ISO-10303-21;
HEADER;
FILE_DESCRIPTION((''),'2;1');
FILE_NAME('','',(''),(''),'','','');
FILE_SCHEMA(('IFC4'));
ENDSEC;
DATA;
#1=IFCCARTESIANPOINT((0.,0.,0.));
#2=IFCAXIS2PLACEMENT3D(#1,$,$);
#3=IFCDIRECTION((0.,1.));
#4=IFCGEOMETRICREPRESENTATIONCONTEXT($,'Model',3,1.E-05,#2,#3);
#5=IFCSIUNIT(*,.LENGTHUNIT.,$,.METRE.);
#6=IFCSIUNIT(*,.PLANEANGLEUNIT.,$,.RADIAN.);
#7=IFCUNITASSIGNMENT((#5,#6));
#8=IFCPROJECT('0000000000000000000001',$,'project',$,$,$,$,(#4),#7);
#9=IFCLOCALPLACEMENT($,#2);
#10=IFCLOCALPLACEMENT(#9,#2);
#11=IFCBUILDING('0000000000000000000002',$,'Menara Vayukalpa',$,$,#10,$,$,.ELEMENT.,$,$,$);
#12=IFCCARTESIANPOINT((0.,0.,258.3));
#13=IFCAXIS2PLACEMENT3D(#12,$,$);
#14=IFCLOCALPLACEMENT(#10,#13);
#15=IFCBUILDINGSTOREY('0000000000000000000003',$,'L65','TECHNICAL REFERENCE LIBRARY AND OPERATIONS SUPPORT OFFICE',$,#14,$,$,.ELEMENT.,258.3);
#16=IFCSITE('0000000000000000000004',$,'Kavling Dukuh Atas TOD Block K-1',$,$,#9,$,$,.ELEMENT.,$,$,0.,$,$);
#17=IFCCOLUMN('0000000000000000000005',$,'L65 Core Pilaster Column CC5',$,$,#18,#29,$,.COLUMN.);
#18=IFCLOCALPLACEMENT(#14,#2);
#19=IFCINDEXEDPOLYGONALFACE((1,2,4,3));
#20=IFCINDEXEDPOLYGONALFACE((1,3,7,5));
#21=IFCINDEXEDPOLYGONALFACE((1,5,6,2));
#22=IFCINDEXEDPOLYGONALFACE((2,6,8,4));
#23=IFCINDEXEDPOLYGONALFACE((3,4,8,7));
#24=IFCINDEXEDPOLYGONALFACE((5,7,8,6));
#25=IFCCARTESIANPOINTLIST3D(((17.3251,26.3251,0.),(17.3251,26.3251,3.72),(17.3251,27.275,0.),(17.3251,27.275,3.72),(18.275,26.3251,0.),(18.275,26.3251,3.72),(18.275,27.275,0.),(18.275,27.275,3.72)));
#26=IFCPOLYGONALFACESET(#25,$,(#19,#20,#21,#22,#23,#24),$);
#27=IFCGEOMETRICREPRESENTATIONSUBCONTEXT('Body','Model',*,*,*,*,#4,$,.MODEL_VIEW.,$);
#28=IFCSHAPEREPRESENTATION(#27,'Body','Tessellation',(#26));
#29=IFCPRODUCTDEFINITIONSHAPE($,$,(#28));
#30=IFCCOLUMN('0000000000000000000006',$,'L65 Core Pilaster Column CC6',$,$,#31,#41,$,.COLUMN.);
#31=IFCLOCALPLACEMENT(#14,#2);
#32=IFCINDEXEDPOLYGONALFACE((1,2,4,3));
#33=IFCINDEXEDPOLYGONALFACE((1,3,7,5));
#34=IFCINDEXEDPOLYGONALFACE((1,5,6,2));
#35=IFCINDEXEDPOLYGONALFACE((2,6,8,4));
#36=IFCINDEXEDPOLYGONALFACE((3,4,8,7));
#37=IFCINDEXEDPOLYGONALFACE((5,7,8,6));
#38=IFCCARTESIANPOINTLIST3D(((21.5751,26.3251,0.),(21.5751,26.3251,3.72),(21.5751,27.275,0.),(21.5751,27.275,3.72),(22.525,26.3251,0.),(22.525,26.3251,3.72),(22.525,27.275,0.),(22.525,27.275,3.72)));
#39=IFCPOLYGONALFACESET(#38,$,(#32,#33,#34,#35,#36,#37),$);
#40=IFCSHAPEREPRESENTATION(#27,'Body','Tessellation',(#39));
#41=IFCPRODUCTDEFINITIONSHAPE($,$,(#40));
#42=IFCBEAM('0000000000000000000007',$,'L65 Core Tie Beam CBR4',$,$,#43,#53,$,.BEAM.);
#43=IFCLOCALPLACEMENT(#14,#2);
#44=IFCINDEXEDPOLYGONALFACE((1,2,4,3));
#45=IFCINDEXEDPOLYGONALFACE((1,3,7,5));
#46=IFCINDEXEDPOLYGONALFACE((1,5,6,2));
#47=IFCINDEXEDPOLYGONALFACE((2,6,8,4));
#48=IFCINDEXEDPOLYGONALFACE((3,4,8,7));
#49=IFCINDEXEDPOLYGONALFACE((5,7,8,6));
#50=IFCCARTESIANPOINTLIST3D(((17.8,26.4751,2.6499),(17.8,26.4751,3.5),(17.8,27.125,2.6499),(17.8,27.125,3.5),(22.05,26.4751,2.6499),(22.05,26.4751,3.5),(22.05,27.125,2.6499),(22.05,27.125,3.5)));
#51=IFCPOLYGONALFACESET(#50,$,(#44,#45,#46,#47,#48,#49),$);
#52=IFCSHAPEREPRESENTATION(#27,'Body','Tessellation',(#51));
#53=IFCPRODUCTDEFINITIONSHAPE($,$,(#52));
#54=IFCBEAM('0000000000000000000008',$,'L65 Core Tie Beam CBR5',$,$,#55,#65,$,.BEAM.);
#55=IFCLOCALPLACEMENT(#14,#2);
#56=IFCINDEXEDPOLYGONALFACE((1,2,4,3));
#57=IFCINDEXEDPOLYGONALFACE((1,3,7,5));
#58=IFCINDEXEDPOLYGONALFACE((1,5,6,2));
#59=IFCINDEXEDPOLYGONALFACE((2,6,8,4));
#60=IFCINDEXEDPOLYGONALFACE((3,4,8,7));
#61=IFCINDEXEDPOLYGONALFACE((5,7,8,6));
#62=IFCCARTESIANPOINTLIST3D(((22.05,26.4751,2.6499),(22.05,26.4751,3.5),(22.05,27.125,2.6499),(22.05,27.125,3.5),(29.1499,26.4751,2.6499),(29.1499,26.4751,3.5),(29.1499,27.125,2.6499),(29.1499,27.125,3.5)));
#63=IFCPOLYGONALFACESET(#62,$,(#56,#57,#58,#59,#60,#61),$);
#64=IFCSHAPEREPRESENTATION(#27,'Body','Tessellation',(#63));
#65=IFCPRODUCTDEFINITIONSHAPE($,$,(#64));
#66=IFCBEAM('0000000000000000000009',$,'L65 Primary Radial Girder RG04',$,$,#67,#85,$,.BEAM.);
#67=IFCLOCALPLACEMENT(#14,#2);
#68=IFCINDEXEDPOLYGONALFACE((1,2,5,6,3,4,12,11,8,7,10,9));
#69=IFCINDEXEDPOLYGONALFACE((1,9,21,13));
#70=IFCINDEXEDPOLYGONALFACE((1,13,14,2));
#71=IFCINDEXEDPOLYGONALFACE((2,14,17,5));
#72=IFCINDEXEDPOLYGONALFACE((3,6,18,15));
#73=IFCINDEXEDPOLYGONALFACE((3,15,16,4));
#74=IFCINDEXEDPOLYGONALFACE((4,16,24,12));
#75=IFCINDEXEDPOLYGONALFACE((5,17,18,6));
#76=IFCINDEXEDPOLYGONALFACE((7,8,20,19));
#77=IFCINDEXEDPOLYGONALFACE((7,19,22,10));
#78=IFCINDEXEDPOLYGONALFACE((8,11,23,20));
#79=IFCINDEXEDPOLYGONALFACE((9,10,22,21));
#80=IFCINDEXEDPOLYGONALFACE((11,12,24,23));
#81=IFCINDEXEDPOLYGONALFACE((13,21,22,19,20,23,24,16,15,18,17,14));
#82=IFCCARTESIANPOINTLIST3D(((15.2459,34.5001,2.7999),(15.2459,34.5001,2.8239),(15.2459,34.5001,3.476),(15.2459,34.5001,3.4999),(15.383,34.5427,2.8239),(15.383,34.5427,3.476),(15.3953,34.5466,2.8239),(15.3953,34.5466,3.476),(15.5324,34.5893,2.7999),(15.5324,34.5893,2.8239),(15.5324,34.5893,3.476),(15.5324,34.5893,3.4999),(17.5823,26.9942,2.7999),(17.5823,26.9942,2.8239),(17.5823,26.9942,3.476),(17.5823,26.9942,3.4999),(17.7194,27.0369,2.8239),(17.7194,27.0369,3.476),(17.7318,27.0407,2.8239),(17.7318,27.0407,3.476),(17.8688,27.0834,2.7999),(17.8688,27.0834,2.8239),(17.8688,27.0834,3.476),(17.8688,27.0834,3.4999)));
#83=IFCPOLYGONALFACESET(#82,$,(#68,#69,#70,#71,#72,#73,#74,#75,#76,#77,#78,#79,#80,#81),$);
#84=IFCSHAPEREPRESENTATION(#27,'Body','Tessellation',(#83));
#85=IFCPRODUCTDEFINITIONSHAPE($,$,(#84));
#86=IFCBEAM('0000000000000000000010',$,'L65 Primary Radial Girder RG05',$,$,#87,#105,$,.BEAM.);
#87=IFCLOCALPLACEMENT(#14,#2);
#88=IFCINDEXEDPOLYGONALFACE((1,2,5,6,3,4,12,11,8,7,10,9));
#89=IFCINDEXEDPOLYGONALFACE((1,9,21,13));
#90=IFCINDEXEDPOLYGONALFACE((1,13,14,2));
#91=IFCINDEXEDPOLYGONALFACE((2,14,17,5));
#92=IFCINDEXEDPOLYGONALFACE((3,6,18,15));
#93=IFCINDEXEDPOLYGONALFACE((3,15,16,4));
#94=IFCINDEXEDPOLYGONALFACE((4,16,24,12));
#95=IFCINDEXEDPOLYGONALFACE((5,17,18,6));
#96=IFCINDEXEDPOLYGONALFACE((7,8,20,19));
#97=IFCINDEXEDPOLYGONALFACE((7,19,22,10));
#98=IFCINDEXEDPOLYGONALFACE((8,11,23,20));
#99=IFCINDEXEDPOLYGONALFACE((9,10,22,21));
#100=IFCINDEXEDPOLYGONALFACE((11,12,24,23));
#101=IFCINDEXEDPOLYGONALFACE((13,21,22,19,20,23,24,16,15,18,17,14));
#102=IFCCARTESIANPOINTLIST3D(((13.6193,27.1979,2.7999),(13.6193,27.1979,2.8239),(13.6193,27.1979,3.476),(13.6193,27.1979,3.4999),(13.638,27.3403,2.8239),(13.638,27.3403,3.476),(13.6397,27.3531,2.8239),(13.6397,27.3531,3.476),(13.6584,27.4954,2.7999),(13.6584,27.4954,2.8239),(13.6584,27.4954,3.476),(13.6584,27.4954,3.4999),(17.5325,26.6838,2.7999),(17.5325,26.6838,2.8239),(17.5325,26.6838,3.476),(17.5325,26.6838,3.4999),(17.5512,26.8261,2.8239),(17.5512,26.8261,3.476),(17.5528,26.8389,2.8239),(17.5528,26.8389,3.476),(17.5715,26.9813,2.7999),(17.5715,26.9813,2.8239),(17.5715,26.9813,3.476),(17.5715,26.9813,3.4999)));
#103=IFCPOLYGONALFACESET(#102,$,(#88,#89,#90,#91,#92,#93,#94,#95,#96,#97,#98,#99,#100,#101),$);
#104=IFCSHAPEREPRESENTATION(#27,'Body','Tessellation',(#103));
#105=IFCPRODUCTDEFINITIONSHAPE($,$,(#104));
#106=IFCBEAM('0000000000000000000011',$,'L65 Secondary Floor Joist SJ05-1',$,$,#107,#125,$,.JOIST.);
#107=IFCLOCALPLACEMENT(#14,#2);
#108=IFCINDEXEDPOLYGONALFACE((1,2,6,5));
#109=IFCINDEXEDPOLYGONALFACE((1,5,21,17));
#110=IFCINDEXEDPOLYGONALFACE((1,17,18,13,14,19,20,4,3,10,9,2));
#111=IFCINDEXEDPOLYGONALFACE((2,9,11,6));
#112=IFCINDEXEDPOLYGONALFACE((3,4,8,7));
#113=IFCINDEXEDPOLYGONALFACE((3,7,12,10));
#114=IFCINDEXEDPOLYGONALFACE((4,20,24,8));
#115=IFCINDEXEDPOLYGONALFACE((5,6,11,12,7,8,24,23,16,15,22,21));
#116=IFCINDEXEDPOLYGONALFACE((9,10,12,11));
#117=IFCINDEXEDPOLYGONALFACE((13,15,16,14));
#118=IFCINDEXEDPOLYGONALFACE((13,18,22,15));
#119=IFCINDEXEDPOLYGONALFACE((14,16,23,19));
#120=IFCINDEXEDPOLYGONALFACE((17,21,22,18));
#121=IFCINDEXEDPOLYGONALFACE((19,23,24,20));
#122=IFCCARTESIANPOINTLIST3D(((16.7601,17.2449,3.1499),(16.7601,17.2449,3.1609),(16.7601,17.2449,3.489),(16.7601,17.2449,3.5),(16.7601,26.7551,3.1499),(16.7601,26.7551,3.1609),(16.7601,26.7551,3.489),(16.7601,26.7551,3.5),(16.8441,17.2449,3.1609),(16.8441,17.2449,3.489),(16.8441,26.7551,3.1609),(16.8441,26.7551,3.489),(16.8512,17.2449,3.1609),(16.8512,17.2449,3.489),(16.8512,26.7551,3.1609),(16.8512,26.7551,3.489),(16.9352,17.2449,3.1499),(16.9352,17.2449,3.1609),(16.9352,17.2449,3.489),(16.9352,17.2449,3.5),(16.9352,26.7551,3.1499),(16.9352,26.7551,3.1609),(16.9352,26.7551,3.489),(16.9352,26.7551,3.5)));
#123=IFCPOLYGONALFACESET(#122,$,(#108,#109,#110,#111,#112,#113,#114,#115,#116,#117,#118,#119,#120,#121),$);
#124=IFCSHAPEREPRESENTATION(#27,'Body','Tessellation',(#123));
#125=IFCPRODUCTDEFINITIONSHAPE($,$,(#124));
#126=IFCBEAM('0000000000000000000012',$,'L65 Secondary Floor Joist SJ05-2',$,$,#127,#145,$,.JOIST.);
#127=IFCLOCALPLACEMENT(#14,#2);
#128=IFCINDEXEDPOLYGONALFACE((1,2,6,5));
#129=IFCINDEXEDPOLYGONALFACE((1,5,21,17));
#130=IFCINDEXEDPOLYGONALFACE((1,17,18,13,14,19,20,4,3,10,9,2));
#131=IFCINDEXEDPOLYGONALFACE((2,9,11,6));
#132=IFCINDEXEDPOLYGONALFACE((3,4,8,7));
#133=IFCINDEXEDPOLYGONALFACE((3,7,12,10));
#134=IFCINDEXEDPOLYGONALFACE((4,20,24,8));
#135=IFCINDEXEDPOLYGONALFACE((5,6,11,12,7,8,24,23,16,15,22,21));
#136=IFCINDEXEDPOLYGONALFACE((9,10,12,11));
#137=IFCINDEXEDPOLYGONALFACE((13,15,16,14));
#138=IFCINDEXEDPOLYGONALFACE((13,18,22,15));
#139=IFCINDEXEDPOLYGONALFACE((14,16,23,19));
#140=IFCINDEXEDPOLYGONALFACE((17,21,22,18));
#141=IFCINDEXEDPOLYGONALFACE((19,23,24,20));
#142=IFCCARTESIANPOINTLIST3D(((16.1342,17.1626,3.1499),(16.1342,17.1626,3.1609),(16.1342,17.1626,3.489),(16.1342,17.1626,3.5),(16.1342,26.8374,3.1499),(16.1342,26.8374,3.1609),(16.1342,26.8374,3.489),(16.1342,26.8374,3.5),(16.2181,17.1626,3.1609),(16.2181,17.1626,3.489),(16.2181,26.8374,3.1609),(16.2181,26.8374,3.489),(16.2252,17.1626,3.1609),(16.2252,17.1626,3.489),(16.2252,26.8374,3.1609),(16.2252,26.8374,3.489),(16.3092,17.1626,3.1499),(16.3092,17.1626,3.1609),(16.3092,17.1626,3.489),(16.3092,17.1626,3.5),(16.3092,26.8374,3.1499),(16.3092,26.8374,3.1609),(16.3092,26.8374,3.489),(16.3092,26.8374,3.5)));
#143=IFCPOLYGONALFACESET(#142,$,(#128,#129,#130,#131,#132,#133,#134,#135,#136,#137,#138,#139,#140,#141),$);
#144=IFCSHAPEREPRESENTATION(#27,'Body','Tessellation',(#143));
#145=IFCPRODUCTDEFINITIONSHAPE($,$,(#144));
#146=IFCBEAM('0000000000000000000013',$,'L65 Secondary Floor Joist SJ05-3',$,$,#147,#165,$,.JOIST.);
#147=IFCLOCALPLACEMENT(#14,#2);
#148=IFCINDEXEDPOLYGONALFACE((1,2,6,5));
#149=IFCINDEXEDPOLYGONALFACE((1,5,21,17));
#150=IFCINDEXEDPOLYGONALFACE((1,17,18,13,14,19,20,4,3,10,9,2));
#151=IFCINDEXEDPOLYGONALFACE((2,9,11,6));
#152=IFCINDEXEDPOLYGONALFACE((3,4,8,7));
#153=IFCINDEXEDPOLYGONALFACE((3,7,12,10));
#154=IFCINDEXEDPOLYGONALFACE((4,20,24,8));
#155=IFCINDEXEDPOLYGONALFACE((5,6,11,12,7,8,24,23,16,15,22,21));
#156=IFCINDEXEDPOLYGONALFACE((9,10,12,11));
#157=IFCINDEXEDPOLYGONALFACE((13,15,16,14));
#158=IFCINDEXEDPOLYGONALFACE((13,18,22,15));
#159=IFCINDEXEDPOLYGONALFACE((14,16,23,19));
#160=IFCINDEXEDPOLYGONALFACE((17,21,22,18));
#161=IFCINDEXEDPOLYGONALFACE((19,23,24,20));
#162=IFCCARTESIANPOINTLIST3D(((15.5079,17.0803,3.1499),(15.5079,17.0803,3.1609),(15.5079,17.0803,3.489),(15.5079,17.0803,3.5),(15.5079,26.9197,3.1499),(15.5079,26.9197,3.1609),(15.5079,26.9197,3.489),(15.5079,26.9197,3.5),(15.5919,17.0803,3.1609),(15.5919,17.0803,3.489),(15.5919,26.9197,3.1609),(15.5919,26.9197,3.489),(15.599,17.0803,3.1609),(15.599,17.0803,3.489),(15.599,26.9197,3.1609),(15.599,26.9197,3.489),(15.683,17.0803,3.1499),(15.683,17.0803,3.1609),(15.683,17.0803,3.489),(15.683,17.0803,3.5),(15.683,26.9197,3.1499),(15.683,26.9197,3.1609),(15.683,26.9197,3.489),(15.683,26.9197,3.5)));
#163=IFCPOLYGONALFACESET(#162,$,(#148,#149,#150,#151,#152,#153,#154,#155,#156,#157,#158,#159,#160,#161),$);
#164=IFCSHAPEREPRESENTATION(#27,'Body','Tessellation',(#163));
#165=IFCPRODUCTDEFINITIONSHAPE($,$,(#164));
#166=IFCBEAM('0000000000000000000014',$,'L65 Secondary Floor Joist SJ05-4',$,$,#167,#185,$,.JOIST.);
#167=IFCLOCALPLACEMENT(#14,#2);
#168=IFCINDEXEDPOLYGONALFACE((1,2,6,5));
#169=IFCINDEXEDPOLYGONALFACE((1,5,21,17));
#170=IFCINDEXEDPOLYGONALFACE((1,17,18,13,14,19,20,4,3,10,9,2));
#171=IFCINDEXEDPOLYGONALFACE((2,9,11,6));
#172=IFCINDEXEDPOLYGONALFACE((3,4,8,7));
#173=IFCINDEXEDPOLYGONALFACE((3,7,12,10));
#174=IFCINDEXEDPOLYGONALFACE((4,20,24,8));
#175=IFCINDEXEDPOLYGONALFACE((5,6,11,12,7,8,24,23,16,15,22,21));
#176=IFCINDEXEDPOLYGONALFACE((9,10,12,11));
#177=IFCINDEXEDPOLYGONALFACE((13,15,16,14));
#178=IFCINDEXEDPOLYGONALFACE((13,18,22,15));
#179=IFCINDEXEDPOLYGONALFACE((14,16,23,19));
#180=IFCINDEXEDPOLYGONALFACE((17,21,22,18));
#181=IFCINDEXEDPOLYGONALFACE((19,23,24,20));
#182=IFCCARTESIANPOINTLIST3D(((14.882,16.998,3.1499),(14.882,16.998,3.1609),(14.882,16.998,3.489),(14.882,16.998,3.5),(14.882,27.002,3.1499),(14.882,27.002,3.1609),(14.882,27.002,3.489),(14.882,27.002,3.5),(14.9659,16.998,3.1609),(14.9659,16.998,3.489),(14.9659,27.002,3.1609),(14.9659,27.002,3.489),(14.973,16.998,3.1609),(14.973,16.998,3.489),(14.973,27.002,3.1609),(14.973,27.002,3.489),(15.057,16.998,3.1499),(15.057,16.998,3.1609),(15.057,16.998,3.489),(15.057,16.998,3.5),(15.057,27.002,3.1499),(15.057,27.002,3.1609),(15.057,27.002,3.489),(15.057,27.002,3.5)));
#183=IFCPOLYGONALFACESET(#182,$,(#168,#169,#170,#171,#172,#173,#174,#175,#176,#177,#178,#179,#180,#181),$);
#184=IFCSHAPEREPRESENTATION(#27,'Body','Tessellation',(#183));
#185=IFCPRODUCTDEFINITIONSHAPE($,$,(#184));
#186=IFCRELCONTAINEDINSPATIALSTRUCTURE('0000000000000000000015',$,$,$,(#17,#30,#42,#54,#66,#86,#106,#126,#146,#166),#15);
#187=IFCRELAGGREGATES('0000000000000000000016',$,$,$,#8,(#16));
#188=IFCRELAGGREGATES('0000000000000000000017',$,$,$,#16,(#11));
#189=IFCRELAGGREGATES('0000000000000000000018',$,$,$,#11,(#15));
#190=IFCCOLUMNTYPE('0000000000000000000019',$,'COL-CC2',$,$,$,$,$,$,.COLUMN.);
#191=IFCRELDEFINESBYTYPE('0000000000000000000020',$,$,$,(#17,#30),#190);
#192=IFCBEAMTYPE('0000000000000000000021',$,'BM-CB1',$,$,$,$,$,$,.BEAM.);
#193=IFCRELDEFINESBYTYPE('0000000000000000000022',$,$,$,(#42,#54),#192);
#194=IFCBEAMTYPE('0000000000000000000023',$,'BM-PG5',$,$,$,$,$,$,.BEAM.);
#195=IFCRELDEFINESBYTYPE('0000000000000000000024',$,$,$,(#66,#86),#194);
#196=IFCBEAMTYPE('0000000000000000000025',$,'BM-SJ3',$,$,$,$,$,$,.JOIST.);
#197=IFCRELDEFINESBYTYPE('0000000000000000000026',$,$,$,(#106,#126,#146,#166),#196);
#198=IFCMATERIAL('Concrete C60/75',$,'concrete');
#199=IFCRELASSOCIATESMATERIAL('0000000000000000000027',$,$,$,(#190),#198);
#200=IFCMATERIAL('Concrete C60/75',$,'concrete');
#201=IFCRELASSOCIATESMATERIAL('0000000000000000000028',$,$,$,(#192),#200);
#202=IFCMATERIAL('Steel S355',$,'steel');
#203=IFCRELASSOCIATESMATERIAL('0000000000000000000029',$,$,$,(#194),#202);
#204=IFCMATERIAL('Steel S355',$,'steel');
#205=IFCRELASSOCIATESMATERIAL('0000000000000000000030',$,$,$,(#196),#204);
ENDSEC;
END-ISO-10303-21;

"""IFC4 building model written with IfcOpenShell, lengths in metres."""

from ifc_helpers import new_model, si_unit, direction, frame, origin, origin_2d, place, context, subcontext, project, spatial, rectangle, i_section, extrude, material, material_profile, profile_set, type_object, element, save


model = new_model("IFC4")

# Units and contexts
model_context = context("Model", 3, precision=1e-05, world=origin(), true_north=direction((0.0, 1.0)))
body_context = subcontext(model_context, "Body", "Model", "MODEL_VIEW")
ifc_project = project(units=[si_unit("LENGTHUNIT", "METRE"), si_unit("PLANEANGLEUNIT", "RADIAN")], contexts=[model_context])

# Site, building, storey
site_placement = place(None, origin())
site = spatial("IfcSite", under=ifc_project, at=site_placement, Name="Kavling Dukuh Atas TOD Block K-1", CompositionType="ELEMENT", RefElevation=0.0)
building_placement = place(site_placement, origin())
building = spatial("IfcBuilding", under=site, at=building_placement, Name="Menara Vayukalpa", CompositionType="ELEMENT")
storey_placement = place(building_placement, frame((0.0, 0.0, 258.3)))
storey = spatial("IfcBuildingStorey", under=building, at=storey_placement, Name="L65", Description="TECHNICAL REFERENCE LIBRARY AND OPERATIONS SUPPORT OFFICE", CompositionType="ELEMENT", Elevation=258.3)

# Columns
ifc_material_1 = material(Name="Concrete C60/75", Category="concrete")
ifc_material_profile_1 = material_profile(ifc_material_1, rectangle(XDim=0.95, YDim=0.95, at=origin_2d()), Name="RC 950x950")
ifc_profile_set_1 = profile_set([ifc_material_profile_1], Name="Concrete C60/75")
column_type = type_object("IfcColumnType", Name="COL-CC2", PredefinedType="COLUMN", material=ifc_profile_set_1)
for number, where, z_axis, x_axis, name in (
    (1, (17.8, 26.8, 0.0), (0.0, 0.0, 1.0), (1.0, 0.0, 0.0), "L65 Core Pilaster Column CC5"),
    (2, (22.05, 26.8, 0.0), (0.0, 0.0, 1.0), (1.0, 0.0, 0.0), "L65 Core Pilaster Column CC6"),
):
    element("IfcColumn", number, at=place(storey_placement, frame(where, z_axis=z_axis, x_axis=x_axis)), inside=storey, type_object=column_type, Name=name, PredefinedType="COLUMN", context=body_context, shape_type="SweptSolid", body=[
        extrude(rectangle(XDim=0.95, YDim=0.95, at=origin_2d()), origin(), (0.0, 0.0, 1.0), 3.72),
    ])

# Beams
ifc_material_2 = material(Name="Concrete C60/75", Category="concrete")
ifc_material_profile_2 = material_profile(ifc_material_2, rectangle(XDim=0.6499, YDim=0.8501, at=origin_2d()), Name="RC 650x850")
ifc_profile_set_2 = profile_set([ifc_material_profile_2], Name="Concrete C60/75")
beam_type_1 = type_object("IfcBeamType", Name="BM-CB1", PredefinedType="BEAM", material=ifc_profile_set_2)
beam_1_placement = place(storey_placement, frame((17.8, 26.8, 3.075), z_axis=(1.0, 0.0, 0.0), x_axis=(0.0, 1.0, 0.0)))
element("IfcBeam", 3, at=beam_1_placement, inside=storey, type_object=beam_type_1, Name="L65 Core Tie Beam CBR4", PredefinedType="BEAM", context=body_context, shape_type="SweptSolid", body=[
    extrude(rectangle(XDim=0.6499, YDim=0.8501, at=origin_2d()), origin(), (0.0, 0.0, 1.0), 4.25),
])
beam_2_placement = place(storey_placement, frame((22.05, 26.8, 3.075), z_axis=(1.0, 0.0, 0.0), x_axis=(0.0, 1.0, 0.0)))
element("IfcBeam", 4, at=beam_2_placement, inside=storey, type_object=beam_type_1, Name="L65 Core Tie Beam CBR5", PredefinedType="BEAM", context=body_context, shape_type="SweptSolid", body=[
    extrude(rectangle(XDim=0.6499, YDim=0.8501, at=origin_2d()), origin(), (0.0, 0.0, 1.0), 7.0999),
])
ifc_material_3 = material(Name="Steel S355", Category="steel")
ifc_material_profile_3 = material_profile(ifc_material_3, i_section(OverallWidth=0.3, OverallDepth=0.7, WebThickness=0.0129, FlangeThickness=0.0239, at=origin_2d()), Name="WF 700x300x13x24")
ifc_profile_set_3 = profile_set([ifc_material_profile_3], Name="Steel S355")
beam_type_2 = type_object("IfcBeamType", Name="BM-PG5", PredefinedType="BEAM", material=ifc_profile_set_3)
beam_3_placement = place(storey_placement, frame((17.7256, 27.0388, 3.1499), z_axis=(-0.297214, 0.954811, 0.0), x_axis=(-0.954811, -0.297214, 0.0)))
element("IfcBeam", 5, at=beam_3_placement, inside=storey, type_object=beam_type_2, Name="L65 Primary Radial Girder RG04", PredefinedType="BEAM", context=body_context, shape_type="SweptSolid", body=[
    extrude(i_section(OverallWidth=0.3, OverallDepth=0.7, WebThickness=0.0129, FlangeThickness=0.0239, at=origin_2d()), origin(), (0.0, 0.0, 1.0), 7.8611),
])
beam_4_placement = place(storey_placement, frame((17.552, 26.8325, 3.1499), z_axis=(-0.991478, 0.130275, 0.0), x_axis=(-0.130275, -0.991478, 0.0)))
element("IfcBeam", 6, at=beam_4_placement, inside=storey, type_object=beam_type_2, Name="L65 Primary Radial Girder RG05", PredefinedType="BEAM", context=body_context, shape_type="SweptSolid", body=[
    extrude(i_section(OverallWidth=0.3, OverallDepth=0.7, WebThickness=0.0129, FlangeThickness=0.0239, at=origin_2d()), origin(), (0.0, 0.0, 1.0), 3.9468),
])
ifc_material_4 = material(Name="Steel S355", Category="steel")
ifc_material_profile_4 = material_profile(ifc_material_4, i_section(OverallWidth=0.175, OverallDepth=0.3501, WebThickness=0.0071, FlangeThickness=0.011, at=origin_2d()), Name="WF 350x175x7x11")
ifc_profile_set_4 = profile_set([ifc_material_profile_4], Name="Steel S355")
beam_type_3 = type_object("IfcBeamType", Name="BM-SJ3", PredefinedType="JOIST", material=ifc_profile_set_4)
beam_5_placement = place(storey_placement, frame((16.8477, 26.7551, 3.325), z_axis=(0.0, -1.0, 0.0), x_axis=(1.0, 0.0, 0.0)))
element("IfcBeam", 7, at=beam_5_placement, inside=storey, type_object=beam_type_3, Name="L65 Secondary Floor Joist SJ05-1", PredefinedType="JOIST", context=body_context, shape_type="SweptSolid", body=[
    extrude(i_section(OverallWidth=0.175, OverallDepth=0.3501, WebThickness=0.0071, FlangeThickness=0.011, at=origin_2d()), origin(), (0.0, 0.0, 1.0), 9.5103),
])
beam_6_placement = place(storey_placement, frame((16.2217, 26.8374, 3.325), z_axis=(0.0, -1.0, 0.0), x_axis=(1.0, 0.0, 0.0)))
element("IfcBeam", 8, at=beam_6_placement, inside=storey, type_object=beam_type_3, Name="L65 Secondary Floor Joist SJ05-2", PredefinedType="JOIST", context=body_context, shape_type="SweptSolid", body=[
    extrude(i_section(OverallWidth=0.175, OverallDepth=0.3501, WebThickness=0.0071, FlangeThickness=0.011, at=origin_2d()), origin(), (0.0, 0.0, 1.0), 9.6748),
])
beam_7_placement = place(storey_placement, frame((15.5955, 26.9197, 3.325), z_axis=(0.0, -1.0, 0.0), x_axis=(1.0, 0.0, 0.0)))
element("IfcBeam", 9, at=beam_7_placement, inside=storey, type_object=beam_type_3, Name="L65 Secondary Floor Joist SJ05-3", PredefinedType="JOIST", context=body_context, shape_type="SweptSolid", body=[
    extrude(i_section(OverallWidth=0.175, OverallDepth=0.3501, WebThickness=0.0071, FlangeThickness=0.011, at=origin_2d()), origin(), (0.0, 0.0, 1.0), 9.8394),
])
beam_8_placement = place(storey_placement, frame((14.9695, 27.002, 3.325), z_axis=(0.0, -1.0, 0.0), x_axis=(1.0, 0.0, 0.0)))
element("IfcBeam", 10, at=beam_8_placement, inside=storey, type_object=beam_type_3, Name="L65 Secondary Floor Joist SJ05-4", PredefinedType="JOIST", context=body_context, shape_type="SweptSolid", body=[
    extrude(i_section(OverallWidth=0.175, OverallDepth=0.3501, WebThickness=0.0071, FlangeThickness=0.011, at=origin_2d()), origin(), (0.0, 0.0, 1.0), 10.0039),
])

save(model, "model.ifc")
